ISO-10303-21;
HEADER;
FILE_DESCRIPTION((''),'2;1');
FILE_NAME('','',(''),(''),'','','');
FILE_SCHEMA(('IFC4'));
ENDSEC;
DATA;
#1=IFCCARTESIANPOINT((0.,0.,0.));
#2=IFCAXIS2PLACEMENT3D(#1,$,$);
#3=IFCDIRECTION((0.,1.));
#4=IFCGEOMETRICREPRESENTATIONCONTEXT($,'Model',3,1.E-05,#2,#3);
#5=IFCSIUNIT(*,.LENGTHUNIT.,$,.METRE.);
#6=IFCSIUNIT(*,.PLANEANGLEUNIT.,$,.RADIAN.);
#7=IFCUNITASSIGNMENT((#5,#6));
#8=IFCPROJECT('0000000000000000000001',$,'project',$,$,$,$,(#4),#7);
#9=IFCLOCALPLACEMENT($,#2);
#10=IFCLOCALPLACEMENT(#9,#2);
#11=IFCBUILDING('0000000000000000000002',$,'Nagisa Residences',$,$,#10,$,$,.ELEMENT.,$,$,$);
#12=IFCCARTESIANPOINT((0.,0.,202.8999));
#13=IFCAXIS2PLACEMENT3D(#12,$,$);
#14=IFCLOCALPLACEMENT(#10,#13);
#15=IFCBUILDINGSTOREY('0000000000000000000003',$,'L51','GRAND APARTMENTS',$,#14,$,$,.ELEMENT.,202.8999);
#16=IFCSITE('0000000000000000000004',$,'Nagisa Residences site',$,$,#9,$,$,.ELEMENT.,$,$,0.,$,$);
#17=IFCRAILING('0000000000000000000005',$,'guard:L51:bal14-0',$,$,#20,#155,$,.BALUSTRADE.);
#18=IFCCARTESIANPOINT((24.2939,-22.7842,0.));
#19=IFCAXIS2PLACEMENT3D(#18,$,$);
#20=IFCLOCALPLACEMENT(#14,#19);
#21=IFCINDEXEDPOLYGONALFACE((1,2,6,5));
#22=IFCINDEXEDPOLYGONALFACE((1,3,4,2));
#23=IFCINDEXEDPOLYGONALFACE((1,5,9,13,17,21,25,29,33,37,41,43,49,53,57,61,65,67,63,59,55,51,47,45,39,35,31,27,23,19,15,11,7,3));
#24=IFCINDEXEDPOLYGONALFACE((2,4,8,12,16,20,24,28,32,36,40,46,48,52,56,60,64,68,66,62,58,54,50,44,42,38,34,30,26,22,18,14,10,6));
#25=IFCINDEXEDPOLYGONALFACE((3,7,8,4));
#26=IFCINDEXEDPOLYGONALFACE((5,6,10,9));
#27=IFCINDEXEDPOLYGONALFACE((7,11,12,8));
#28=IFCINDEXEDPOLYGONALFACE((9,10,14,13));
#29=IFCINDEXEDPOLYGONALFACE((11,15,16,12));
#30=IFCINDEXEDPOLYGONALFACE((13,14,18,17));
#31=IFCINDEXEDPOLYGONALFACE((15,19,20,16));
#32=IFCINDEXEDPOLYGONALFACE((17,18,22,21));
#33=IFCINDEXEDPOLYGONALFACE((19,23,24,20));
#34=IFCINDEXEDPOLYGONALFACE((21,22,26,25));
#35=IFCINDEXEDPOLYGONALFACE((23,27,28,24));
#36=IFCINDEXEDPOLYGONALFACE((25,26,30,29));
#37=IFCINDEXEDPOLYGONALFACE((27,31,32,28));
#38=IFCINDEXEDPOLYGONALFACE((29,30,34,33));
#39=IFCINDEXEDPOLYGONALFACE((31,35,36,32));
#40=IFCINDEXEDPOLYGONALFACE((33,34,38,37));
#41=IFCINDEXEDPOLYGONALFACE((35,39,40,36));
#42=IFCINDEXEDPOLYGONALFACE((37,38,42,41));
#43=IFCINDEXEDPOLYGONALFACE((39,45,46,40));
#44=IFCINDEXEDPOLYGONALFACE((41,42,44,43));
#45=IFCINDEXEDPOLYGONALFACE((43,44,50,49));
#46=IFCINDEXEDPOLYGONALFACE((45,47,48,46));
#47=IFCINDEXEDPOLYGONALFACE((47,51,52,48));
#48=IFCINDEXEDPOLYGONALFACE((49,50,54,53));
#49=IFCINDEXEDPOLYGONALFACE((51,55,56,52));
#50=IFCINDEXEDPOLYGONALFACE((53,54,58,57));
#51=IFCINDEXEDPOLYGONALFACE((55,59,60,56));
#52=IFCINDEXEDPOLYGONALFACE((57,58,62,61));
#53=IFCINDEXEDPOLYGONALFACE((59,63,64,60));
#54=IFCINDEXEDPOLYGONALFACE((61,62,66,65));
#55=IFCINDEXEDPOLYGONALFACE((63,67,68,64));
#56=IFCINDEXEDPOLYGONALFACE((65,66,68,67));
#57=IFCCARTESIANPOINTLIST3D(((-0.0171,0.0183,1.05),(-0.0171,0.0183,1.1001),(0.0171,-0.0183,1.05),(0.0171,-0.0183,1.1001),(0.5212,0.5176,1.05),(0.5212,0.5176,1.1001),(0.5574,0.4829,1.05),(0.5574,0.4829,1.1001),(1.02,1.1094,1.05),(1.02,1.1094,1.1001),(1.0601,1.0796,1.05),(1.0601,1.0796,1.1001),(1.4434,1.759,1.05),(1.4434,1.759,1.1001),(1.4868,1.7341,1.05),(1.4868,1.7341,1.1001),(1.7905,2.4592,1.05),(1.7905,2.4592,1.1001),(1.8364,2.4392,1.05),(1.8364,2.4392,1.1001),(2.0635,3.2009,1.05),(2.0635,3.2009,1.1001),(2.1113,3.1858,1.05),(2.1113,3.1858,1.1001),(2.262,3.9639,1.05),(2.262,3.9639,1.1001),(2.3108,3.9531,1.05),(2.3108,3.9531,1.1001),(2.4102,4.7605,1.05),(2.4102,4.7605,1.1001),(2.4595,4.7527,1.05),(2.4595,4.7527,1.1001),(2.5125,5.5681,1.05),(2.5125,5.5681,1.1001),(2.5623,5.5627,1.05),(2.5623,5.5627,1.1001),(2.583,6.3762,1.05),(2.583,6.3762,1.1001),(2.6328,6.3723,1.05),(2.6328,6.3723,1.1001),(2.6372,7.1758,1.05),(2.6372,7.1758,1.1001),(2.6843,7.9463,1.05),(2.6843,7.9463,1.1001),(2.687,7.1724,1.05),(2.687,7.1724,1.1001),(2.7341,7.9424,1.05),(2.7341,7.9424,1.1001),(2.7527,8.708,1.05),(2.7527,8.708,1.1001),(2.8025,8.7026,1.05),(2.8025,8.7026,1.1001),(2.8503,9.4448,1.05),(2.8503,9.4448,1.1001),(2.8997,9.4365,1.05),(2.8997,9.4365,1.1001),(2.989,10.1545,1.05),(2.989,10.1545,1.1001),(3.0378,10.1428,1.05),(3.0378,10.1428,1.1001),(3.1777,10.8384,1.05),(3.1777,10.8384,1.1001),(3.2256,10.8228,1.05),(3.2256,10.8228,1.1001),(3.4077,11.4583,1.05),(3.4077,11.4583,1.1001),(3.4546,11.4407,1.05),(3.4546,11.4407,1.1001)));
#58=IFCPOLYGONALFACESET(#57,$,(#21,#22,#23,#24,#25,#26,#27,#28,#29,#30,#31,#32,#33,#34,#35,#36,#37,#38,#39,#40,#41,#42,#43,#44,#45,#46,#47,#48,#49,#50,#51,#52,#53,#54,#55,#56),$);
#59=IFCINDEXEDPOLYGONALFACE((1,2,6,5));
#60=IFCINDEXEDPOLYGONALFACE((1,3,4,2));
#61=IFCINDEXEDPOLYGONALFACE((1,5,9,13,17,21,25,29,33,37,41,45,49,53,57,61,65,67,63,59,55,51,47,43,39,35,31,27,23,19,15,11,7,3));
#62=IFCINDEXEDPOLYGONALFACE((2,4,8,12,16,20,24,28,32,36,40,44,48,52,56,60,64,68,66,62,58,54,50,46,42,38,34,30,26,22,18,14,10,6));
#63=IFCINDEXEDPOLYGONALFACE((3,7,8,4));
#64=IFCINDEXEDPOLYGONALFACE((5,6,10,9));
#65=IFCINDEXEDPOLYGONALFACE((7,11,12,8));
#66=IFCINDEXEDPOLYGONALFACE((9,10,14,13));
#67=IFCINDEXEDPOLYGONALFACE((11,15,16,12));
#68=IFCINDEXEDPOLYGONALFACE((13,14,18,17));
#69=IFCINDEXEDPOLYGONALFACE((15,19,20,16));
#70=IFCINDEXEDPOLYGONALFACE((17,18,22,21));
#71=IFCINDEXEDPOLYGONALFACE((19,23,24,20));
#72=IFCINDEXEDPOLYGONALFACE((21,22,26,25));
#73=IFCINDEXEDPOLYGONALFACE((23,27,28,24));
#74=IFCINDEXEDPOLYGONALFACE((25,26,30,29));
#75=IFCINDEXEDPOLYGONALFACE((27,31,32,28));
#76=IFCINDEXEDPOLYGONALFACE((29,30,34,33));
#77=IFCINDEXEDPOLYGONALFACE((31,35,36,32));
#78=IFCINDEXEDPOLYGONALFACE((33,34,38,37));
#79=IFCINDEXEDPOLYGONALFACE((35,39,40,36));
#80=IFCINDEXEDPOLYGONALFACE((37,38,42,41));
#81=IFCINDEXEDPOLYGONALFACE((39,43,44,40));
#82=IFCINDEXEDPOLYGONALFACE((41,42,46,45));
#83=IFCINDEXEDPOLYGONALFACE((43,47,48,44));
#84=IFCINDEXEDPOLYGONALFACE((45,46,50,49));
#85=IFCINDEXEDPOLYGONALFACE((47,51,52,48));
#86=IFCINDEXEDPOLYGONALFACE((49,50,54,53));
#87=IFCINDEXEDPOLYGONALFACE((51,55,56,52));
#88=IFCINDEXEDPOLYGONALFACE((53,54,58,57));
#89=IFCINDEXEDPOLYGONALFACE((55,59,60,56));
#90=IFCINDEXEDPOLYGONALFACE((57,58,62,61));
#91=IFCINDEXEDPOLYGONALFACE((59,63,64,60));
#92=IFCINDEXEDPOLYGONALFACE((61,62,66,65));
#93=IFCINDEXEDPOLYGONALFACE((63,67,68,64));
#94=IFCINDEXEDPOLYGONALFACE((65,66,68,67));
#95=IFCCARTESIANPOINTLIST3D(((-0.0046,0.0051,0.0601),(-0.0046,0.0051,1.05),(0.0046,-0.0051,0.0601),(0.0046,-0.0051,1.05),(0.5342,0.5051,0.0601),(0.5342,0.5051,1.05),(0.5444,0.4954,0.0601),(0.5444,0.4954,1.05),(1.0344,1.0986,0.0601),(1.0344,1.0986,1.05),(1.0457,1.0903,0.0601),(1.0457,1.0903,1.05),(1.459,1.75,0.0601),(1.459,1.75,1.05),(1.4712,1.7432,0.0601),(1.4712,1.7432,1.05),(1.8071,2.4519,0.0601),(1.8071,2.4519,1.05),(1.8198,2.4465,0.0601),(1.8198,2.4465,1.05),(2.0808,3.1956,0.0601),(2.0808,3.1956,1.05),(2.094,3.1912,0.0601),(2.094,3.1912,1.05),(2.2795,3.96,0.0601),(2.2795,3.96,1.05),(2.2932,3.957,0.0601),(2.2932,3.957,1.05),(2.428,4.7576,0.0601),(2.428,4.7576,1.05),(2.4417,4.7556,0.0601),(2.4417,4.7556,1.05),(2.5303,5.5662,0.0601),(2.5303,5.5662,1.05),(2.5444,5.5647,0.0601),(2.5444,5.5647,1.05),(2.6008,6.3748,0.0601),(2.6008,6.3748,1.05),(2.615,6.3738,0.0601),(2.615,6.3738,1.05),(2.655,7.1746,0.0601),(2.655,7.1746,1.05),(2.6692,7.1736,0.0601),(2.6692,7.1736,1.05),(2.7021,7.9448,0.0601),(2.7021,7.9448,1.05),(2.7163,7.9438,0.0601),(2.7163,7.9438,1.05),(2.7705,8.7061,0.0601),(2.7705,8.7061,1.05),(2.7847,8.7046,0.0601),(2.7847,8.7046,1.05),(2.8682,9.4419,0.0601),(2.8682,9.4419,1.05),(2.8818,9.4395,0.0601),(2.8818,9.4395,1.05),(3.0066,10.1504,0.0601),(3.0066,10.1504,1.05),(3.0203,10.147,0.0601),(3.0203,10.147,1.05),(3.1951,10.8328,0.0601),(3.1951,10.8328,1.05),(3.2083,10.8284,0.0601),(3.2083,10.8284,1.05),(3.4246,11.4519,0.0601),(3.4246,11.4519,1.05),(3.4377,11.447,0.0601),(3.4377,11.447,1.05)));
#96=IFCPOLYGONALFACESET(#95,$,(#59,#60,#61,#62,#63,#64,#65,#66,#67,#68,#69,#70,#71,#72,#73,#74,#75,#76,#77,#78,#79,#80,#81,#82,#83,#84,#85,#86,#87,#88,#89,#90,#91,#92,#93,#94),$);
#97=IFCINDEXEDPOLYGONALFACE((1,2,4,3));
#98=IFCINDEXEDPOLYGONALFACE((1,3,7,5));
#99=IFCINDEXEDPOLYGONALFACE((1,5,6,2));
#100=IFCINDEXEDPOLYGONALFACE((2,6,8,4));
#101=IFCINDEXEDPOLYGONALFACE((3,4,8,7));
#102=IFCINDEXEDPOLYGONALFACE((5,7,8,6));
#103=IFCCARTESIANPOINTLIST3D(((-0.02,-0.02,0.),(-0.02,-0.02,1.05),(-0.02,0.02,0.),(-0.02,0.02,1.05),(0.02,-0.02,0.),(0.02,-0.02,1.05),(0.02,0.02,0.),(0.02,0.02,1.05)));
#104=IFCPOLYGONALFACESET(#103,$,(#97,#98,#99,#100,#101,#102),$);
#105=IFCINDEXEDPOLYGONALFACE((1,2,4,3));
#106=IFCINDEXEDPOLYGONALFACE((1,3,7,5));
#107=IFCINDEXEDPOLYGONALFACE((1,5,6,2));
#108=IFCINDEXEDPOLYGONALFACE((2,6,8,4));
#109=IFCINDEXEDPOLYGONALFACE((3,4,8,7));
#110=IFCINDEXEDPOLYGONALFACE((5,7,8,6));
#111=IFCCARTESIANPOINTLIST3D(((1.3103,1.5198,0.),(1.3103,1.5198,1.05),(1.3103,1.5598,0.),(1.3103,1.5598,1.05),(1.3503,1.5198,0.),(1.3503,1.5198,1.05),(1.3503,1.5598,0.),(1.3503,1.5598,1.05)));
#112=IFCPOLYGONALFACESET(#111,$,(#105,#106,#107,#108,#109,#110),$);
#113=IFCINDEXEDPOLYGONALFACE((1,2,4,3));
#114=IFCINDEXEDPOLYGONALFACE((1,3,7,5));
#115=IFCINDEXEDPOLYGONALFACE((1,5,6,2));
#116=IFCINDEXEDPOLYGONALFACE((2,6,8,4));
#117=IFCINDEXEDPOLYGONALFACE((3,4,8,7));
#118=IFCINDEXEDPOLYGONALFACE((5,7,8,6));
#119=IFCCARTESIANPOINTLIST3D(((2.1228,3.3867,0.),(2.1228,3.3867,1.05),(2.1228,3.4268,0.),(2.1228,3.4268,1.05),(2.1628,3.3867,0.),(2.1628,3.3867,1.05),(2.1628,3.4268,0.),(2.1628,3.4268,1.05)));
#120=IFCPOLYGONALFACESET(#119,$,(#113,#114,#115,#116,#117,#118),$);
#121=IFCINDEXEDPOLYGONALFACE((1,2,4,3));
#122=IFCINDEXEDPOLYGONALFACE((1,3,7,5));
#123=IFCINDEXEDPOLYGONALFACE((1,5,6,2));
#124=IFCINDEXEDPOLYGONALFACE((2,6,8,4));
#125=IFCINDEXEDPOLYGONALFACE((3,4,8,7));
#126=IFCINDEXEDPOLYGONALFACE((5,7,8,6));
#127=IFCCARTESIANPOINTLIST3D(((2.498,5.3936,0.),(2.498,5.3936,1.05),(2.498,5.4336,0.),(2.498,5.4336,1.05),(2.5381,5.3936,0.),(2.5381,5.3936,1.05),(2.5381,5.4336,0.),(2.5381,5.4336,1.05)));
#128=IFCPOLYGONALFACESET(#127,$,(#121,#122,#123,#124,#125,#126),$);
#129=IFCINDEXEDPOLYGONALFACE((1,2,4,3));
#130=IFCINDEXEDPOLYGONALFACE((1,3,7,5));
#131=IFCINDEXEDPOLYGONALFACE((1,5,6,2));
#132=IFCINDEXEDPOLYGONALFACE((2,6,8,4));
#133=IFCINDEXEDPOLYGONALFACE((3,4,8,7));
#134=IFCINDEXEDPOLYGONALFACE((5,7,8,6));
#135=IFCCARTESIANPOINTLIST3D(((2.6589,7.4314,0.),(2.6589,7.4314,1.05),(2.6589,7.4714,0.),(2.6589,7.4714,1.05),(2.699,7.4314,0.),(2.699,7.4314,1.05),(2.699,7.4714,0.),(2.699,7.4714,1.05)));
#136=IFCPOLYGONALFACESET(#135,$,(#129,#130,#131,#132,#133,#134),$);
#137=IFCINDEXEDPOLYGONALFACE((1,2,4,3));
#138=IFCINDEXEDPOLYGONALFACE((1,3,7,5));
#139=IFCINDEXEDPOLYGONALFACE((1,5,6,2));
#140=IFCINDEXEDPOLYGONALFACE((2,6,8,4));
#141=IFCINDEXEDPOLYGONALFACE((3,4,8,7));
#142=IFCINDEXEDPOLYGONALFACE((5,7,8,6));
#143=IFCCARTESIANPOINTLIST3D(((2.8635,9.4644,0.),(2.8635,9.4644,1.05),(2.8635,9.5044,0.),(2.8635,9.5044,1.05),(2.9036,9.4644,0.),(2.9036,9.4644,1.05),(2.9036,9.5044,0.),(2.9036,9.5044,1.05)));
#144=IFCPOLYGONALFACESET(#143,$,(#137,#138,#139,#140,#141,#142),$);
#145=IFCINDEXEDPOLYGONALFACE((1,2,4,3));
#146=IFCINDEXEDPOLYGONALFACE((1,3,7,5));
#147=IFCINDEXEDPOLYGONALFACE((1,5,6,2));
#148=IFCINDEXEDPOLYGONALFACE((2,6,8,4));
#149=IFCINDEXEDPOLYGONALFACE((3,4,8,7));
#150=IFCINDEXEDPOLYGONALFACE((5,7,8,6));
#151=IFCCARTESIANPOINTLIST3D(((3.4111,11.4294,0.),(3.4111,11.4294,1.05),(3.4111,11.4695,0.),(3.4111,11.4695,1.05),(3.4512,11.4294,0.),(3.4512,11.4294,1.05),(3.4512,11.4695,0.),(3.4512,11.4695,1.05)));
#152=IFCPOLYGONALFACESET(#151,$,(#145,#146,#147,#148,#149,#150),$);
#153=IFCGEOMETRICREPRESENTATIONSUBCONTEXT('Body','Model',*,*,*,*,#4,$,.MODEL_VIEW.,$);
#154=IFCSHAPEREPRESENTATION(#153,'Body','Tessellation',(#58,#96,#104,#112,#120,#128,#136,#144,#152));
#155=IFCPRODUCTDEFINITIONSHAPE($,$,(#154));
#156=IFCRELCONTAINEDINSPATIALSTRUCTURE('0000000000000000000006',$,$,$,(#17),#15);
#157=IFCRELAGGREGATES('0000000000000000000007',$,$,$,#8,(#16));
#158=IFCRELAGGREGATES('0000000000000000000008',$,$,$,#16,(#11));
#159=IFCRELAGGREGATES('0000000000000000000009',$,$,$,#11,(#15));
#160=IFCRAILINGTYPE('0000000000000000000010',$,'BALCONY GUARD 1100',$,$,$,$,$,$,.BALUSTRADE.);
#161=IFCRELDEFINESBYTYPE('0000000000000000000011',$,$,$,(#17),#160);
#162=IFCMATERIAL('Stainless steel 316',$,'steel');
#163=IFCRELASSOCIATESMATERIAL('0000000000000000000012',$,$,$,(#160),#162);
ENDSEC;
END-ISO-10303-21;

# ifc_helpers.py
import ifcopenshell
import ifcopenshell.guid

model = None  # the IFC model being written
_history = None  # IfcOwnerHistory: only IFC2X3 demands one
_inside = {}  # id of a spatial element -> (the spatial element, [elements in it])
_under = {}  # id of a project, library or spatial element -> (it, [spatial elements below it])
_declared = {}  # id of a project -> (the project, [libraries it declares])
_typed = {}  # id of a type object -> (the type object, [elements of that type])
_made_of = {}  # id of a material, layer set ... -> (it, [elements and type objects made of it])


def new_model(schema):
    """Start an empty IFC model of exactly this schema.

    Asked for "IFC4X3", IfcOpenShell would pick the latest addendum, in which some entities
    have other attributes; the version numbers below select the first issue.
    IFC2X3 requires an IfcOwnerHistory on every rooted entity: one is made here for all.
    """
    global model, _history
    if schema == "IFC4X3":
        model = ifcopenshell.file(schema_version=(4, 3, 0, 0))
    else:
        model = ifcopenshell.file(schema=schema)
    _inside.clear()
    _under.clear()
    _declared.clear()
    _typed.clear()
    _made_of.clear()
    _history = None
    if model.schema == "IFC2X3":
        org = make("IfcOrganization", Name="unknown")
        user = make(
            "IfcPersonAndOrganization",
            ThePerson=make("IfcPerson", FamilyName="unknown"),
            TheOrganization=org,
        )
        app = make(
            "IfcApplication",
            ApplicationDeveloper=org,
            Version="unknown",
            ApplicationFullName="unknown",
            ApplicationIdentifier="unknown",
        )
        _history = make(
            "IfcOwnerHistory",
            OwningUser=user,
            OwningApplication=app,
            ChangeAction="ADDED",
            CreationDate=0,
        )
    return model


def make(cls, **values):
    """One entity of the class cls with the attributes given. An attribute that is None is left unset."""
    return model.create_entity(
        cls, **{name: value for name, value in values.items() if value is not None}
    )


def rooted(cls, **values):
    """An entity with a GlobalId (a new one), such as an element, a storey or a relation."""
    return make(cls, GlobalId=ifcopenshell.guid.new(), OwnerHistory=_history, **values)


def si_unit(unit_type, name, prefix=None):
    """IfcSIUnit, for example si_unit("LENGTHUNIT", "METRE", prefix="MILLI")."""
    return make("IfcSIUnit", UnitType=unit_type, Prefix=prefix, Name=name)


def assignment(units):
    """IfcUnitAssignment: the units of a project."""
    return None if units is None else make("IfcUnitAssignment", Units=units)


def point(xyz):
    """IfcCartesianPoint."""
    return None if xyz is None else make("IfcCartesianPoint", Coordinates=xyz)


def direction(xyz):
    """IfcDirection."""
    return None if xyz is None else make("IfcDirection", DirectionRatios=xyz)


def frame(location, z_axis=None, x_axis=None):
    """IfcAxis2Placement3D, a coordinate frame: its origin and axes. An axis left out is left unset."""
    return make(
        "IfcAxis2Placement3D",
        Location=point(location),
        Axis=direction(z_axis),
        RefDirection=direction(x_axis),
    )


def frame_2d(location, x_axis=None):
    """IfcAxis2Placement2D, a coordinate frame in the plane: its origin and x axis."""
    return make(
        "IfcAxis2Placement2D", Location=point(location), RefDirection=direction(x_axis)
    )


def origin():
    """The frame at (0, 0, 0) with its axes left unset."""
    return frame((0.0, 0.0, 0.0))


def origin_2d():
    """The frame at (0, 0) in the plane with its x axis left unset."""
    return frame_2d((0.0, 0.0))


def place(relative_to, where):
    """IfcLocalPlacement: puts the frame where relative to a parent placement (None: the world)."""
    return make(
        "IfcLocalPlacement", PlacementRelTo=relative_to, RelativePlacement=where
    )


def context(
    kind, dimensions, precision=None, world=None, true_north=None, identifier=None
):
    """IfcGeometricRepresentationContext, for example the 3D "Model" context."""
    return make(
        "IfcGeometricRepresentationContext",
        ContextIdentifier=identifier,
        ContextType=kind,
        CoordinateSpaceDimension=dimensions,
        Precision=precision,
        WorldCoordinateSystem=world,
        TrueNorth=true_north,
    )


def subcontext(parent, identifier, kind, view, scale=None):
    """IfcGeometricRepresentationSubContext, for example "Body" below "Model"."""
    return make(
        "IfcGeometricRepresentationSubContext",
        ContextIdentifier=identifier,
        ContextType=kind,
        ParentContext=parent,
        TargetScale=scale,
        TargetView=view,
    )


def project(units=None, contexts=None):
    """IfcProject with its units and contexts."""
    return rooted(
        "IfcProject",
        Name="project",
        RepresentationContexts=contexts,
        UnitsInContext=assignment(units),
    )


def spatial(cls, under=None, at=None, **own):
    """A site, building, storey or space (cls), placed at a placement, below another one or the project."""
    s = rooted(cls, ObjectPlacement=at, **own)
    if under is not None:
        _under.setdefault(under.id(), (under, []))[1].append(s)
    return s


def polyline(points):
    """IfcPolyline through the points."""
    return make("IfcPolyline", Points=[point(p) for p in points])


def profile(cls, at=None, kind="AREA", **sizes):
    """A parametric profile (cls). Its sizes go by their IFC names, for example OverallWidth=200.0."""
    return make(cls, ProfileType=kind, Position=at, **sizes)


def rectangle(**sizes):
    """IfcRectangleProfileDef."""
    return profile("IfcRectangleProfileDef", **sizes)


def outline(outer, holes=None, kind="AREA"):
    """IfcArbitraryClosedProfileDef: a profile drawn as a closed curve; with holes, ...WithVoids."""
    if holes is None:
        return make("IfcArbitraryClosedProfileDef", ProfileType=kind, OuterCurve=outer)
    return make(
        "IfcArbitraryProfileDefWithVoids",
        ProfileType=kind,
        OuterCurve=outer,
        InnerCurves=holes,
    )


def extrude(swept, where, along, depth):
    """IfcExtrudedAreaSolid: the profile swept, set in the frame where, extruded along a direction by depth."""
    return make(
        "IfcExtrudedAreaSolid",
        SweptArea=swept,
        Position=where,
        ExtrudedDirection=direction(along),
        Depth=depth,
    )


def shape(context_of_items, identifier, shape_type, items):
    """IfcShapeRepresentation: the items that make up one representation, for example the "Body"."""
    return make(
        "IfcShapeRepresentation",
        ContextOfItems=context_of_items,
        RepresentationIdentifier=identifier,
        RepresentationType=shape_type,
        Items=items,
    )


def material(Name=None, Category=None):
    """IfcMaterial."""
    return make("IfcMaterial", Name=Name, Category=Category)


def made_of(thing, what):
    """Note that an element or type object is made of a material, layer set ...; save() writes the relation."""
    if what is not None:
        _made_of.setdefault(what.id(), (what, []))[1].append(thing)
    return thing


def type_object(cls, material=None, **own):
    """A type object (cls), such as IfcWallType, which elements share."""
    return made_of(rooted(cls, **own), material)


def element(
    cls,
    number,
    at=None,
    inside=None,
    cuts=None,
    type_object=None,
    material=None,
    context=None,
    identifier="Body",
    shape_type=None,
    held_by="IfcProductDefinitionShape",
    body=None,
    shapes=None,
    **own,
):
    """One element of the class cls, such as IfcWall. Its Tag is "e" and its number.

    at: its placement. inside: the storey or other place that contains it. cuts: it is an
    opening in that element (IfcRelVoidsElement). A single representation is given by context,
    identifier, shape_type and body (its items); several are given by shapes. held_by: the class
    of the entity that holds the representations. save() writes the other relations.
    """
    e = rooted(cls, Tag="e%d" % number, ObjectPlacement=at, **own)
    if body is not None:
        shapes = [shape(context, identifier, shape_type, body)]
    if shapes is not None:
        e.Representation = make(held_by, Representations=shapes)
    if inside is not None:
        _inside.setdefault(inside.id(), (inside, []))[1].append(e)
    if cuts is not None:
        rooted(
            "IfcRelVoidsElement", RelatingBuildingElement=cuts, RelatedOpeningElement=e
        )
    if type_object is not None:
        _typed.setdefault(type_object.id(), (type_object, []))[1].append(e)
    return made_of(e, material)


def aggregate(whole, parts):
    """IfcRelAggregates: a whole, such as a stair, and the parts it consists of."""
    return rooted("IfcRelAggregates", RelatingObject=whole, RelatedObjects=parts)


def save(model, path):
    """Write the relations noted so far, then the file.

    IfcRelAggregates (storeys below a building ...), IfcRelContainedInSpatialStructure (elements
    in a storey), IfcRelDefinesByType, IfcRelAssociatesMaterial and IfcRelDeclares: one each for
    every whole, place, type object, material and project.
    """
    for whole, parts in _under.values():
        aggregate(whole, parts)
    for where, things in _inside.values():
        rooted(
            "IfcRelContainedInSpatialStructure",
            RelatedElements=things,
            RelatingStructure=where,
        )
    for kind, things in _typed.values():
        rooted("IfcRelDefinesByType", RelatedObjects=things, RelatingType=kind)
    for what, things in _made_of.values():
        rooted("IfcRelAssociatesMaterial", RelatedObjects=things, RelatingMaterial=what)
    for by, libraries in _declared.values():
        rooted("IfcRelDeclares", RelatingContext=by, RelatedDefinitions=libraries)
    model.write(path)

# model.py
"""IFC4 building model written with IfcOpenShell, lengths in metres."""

from ifc_helpers import new_model, si_unit, direction, frame, origin, origin_2d, place, context, subcontext, project, spatial, polyline, rectangle, outline, extrude, material, type_object, element, save


model = new_model("IFC4")

# Units and contexts
model_context = context("Model", 3, precision=1e-05, world=origin(), true_north=direction((0.0, 1.0)))
body_context = subcontext(model_context, "Body", "Model", "MODEL_VIEW")
ifc_project = project(units=[si_unit("LENGTHUNIT", "METRE"), si_unit("PLANEANGLEUNIT", "RADIAN")], contexts=[model_context])

# Site, building, storey
site_placement = place(None, origin())
site = spatial("IfcSite", under=ifc_project, at=site_placement, Name="Nagisa Residences site", CompositionType="ELEMENT", RefElevation=0.0)
building_placement = place(site_placement, origin())
building = spatial("IfcBuilding", under=site, at=building_placement, Name="Nagisa Residences", CompositionType="ELEMENT")
storey_placement = place(building_placement, frame((0.0, 0.0, 202.8999)))
storey = spatial("IfcBuildingStorey", under=building, at=storey_placement, Name="L51", Description="GRAND APARTMENTS", CompositionType="ELEMENT", Elevation=202.8999)

# Railing
ifc_material_1 = material(Name="Stainless steel 316", Category="steel")
railing_type = type_object("IfcRailingType", Name="BALCONY GUARD 1100", PredefinedType="BALUSTRADE", material=ifc_material_1)
railing_1_placement = place(storey_placement, frame((24.2939, -22.7842, 0.0)))
element("IfcRailing", 1, at=railing_1_placement, inside=storey, type_object=railing_type, Name="guard:L51:bal14-0", PredefinedType="BALUSTRADE", context=body_context, shape_type="SweptSolid", body=[
    extrude(outline(polyline([(0.5212, 0.5176), (-0.0171, 0.0183), (0.0171, -0.0183), (0.5574, 0.4829), (1.0601, 1.0796), (1.4868, 1.7341), (1.8364, 2.4392), (2.1113, 3.1858), (2.3108, 3.9531), (2.4595, 4.7527), (2.5623, 5.5627), (2.6328, 6.3723), (2.687, 7.1724), (2.7341, 7.9424), (2.8025, 8.7026), (2.8997, 9.4365), (3.0378, 10.1428), (3.2256, 10.8228), (3.4546, 11.4407), (3.4077, 11.4583), (3.1777, 10.8384), (2.989, 10.1545), (2.8503, 9.4448), (2.7527, 8.708), (2.6843, 7.9463), (2.6372, 7.1758), (2.583, 6.3762), (2.5125, 5.5681), (2.4102, 4.7605), (2.262, 3.9639), (2.0635, 3.2009), (1.7905, 2.4592), (1.4434, 1.759), (1.02, 1.1094), (0.5212, 0.5176)])), frame((0.0, 0.0, 1.05)), (0.0, 0.0, 1.0), 0.05),
    extrude(outline(polyline([(0.5342, 0.5051), (-0.0046, 0.0051), (0.0046, -0.0051), (0.5444, 0.4954), (1.0457, 1.0903), (1.4712, 1.7432), (1.8198, 2.4465), (2.094, 3.1912), (2.2932, 3.957), (2.4417, 4.7556), (2.5444, 5.5647), (2.615, 6.3738), (2.6692, 7.1736), (2.7163, 7.9438), (2.7847, 8.7046), (2.8818, 9.4395), (3.0203, 10.147), (3.2083, 10.8284), (3.4377, 11.447), (3.4246, 11.4519), (3.1951, 10.8328), (3.0066, 10.1504), (2.8682, 9.4419), (2.7705, 8.7061), (2.7021, 7.9448), (2.655, 7.1746), (2.6008, 6.3748), (2.5303, 5.5662), (2.428, 4.7576), (2.2795, 3.96), (2.0808, 3.1956), (1.8071, 2.4519), (1.459, 1.75), (1.0344, 1.0986), (0.5342, 0.5051)])), frame((0.0, 0.0, 0.0601)), (0.0, 0.0, 1.0), 0.99),
    extrude(rectangle(XDim=0.04, YDim=0.04, at=origin_2d()), origin(), (0.0, 0.0, 1.0), 1.05),
    extrude(rectangle(XDim=0.04, YDim=0.04, at=origin_2d()), frame((1.3303, 1.5398, 0.0)), (0.0, 0.0, 1.0), 1.05),
    extrude(rectangle(XDim=0.04, YDim=0.04, at=origin_2d()), frame((2.1428, 3.4067, 0.0)), (0.0, 0.0, 1.0), 1.05),
    extrude(rectangle(XDim=0.04, YDim=0.04, at=origin_2d()), frame((2.5181, 5.4136, 0.0)), (0.0, 0.0, 1.0), 1.05),
    extrude(rectangle(XDim=0.04, YDim=0.04, at=origin_2d()), frame((2.679, 7.4514, 0.0)), (0.0, 0.0, 1.0), 1.05),
    extrude(rectangle(XDim=0.04, YDim=0.04, at=origin_2d()), frame((2.8835, 9.4844, 0.0)), (0.0, 0.0, 1.0), 1.05),
    extrude(rectangle(XDim=0.04, YDim=0.04, at=origin_2d()), frame((3.4312, 11.4495, 0.0)), (0.0, 0.0, 1.0), 1.05),
])

save(model, "model.ifc")
